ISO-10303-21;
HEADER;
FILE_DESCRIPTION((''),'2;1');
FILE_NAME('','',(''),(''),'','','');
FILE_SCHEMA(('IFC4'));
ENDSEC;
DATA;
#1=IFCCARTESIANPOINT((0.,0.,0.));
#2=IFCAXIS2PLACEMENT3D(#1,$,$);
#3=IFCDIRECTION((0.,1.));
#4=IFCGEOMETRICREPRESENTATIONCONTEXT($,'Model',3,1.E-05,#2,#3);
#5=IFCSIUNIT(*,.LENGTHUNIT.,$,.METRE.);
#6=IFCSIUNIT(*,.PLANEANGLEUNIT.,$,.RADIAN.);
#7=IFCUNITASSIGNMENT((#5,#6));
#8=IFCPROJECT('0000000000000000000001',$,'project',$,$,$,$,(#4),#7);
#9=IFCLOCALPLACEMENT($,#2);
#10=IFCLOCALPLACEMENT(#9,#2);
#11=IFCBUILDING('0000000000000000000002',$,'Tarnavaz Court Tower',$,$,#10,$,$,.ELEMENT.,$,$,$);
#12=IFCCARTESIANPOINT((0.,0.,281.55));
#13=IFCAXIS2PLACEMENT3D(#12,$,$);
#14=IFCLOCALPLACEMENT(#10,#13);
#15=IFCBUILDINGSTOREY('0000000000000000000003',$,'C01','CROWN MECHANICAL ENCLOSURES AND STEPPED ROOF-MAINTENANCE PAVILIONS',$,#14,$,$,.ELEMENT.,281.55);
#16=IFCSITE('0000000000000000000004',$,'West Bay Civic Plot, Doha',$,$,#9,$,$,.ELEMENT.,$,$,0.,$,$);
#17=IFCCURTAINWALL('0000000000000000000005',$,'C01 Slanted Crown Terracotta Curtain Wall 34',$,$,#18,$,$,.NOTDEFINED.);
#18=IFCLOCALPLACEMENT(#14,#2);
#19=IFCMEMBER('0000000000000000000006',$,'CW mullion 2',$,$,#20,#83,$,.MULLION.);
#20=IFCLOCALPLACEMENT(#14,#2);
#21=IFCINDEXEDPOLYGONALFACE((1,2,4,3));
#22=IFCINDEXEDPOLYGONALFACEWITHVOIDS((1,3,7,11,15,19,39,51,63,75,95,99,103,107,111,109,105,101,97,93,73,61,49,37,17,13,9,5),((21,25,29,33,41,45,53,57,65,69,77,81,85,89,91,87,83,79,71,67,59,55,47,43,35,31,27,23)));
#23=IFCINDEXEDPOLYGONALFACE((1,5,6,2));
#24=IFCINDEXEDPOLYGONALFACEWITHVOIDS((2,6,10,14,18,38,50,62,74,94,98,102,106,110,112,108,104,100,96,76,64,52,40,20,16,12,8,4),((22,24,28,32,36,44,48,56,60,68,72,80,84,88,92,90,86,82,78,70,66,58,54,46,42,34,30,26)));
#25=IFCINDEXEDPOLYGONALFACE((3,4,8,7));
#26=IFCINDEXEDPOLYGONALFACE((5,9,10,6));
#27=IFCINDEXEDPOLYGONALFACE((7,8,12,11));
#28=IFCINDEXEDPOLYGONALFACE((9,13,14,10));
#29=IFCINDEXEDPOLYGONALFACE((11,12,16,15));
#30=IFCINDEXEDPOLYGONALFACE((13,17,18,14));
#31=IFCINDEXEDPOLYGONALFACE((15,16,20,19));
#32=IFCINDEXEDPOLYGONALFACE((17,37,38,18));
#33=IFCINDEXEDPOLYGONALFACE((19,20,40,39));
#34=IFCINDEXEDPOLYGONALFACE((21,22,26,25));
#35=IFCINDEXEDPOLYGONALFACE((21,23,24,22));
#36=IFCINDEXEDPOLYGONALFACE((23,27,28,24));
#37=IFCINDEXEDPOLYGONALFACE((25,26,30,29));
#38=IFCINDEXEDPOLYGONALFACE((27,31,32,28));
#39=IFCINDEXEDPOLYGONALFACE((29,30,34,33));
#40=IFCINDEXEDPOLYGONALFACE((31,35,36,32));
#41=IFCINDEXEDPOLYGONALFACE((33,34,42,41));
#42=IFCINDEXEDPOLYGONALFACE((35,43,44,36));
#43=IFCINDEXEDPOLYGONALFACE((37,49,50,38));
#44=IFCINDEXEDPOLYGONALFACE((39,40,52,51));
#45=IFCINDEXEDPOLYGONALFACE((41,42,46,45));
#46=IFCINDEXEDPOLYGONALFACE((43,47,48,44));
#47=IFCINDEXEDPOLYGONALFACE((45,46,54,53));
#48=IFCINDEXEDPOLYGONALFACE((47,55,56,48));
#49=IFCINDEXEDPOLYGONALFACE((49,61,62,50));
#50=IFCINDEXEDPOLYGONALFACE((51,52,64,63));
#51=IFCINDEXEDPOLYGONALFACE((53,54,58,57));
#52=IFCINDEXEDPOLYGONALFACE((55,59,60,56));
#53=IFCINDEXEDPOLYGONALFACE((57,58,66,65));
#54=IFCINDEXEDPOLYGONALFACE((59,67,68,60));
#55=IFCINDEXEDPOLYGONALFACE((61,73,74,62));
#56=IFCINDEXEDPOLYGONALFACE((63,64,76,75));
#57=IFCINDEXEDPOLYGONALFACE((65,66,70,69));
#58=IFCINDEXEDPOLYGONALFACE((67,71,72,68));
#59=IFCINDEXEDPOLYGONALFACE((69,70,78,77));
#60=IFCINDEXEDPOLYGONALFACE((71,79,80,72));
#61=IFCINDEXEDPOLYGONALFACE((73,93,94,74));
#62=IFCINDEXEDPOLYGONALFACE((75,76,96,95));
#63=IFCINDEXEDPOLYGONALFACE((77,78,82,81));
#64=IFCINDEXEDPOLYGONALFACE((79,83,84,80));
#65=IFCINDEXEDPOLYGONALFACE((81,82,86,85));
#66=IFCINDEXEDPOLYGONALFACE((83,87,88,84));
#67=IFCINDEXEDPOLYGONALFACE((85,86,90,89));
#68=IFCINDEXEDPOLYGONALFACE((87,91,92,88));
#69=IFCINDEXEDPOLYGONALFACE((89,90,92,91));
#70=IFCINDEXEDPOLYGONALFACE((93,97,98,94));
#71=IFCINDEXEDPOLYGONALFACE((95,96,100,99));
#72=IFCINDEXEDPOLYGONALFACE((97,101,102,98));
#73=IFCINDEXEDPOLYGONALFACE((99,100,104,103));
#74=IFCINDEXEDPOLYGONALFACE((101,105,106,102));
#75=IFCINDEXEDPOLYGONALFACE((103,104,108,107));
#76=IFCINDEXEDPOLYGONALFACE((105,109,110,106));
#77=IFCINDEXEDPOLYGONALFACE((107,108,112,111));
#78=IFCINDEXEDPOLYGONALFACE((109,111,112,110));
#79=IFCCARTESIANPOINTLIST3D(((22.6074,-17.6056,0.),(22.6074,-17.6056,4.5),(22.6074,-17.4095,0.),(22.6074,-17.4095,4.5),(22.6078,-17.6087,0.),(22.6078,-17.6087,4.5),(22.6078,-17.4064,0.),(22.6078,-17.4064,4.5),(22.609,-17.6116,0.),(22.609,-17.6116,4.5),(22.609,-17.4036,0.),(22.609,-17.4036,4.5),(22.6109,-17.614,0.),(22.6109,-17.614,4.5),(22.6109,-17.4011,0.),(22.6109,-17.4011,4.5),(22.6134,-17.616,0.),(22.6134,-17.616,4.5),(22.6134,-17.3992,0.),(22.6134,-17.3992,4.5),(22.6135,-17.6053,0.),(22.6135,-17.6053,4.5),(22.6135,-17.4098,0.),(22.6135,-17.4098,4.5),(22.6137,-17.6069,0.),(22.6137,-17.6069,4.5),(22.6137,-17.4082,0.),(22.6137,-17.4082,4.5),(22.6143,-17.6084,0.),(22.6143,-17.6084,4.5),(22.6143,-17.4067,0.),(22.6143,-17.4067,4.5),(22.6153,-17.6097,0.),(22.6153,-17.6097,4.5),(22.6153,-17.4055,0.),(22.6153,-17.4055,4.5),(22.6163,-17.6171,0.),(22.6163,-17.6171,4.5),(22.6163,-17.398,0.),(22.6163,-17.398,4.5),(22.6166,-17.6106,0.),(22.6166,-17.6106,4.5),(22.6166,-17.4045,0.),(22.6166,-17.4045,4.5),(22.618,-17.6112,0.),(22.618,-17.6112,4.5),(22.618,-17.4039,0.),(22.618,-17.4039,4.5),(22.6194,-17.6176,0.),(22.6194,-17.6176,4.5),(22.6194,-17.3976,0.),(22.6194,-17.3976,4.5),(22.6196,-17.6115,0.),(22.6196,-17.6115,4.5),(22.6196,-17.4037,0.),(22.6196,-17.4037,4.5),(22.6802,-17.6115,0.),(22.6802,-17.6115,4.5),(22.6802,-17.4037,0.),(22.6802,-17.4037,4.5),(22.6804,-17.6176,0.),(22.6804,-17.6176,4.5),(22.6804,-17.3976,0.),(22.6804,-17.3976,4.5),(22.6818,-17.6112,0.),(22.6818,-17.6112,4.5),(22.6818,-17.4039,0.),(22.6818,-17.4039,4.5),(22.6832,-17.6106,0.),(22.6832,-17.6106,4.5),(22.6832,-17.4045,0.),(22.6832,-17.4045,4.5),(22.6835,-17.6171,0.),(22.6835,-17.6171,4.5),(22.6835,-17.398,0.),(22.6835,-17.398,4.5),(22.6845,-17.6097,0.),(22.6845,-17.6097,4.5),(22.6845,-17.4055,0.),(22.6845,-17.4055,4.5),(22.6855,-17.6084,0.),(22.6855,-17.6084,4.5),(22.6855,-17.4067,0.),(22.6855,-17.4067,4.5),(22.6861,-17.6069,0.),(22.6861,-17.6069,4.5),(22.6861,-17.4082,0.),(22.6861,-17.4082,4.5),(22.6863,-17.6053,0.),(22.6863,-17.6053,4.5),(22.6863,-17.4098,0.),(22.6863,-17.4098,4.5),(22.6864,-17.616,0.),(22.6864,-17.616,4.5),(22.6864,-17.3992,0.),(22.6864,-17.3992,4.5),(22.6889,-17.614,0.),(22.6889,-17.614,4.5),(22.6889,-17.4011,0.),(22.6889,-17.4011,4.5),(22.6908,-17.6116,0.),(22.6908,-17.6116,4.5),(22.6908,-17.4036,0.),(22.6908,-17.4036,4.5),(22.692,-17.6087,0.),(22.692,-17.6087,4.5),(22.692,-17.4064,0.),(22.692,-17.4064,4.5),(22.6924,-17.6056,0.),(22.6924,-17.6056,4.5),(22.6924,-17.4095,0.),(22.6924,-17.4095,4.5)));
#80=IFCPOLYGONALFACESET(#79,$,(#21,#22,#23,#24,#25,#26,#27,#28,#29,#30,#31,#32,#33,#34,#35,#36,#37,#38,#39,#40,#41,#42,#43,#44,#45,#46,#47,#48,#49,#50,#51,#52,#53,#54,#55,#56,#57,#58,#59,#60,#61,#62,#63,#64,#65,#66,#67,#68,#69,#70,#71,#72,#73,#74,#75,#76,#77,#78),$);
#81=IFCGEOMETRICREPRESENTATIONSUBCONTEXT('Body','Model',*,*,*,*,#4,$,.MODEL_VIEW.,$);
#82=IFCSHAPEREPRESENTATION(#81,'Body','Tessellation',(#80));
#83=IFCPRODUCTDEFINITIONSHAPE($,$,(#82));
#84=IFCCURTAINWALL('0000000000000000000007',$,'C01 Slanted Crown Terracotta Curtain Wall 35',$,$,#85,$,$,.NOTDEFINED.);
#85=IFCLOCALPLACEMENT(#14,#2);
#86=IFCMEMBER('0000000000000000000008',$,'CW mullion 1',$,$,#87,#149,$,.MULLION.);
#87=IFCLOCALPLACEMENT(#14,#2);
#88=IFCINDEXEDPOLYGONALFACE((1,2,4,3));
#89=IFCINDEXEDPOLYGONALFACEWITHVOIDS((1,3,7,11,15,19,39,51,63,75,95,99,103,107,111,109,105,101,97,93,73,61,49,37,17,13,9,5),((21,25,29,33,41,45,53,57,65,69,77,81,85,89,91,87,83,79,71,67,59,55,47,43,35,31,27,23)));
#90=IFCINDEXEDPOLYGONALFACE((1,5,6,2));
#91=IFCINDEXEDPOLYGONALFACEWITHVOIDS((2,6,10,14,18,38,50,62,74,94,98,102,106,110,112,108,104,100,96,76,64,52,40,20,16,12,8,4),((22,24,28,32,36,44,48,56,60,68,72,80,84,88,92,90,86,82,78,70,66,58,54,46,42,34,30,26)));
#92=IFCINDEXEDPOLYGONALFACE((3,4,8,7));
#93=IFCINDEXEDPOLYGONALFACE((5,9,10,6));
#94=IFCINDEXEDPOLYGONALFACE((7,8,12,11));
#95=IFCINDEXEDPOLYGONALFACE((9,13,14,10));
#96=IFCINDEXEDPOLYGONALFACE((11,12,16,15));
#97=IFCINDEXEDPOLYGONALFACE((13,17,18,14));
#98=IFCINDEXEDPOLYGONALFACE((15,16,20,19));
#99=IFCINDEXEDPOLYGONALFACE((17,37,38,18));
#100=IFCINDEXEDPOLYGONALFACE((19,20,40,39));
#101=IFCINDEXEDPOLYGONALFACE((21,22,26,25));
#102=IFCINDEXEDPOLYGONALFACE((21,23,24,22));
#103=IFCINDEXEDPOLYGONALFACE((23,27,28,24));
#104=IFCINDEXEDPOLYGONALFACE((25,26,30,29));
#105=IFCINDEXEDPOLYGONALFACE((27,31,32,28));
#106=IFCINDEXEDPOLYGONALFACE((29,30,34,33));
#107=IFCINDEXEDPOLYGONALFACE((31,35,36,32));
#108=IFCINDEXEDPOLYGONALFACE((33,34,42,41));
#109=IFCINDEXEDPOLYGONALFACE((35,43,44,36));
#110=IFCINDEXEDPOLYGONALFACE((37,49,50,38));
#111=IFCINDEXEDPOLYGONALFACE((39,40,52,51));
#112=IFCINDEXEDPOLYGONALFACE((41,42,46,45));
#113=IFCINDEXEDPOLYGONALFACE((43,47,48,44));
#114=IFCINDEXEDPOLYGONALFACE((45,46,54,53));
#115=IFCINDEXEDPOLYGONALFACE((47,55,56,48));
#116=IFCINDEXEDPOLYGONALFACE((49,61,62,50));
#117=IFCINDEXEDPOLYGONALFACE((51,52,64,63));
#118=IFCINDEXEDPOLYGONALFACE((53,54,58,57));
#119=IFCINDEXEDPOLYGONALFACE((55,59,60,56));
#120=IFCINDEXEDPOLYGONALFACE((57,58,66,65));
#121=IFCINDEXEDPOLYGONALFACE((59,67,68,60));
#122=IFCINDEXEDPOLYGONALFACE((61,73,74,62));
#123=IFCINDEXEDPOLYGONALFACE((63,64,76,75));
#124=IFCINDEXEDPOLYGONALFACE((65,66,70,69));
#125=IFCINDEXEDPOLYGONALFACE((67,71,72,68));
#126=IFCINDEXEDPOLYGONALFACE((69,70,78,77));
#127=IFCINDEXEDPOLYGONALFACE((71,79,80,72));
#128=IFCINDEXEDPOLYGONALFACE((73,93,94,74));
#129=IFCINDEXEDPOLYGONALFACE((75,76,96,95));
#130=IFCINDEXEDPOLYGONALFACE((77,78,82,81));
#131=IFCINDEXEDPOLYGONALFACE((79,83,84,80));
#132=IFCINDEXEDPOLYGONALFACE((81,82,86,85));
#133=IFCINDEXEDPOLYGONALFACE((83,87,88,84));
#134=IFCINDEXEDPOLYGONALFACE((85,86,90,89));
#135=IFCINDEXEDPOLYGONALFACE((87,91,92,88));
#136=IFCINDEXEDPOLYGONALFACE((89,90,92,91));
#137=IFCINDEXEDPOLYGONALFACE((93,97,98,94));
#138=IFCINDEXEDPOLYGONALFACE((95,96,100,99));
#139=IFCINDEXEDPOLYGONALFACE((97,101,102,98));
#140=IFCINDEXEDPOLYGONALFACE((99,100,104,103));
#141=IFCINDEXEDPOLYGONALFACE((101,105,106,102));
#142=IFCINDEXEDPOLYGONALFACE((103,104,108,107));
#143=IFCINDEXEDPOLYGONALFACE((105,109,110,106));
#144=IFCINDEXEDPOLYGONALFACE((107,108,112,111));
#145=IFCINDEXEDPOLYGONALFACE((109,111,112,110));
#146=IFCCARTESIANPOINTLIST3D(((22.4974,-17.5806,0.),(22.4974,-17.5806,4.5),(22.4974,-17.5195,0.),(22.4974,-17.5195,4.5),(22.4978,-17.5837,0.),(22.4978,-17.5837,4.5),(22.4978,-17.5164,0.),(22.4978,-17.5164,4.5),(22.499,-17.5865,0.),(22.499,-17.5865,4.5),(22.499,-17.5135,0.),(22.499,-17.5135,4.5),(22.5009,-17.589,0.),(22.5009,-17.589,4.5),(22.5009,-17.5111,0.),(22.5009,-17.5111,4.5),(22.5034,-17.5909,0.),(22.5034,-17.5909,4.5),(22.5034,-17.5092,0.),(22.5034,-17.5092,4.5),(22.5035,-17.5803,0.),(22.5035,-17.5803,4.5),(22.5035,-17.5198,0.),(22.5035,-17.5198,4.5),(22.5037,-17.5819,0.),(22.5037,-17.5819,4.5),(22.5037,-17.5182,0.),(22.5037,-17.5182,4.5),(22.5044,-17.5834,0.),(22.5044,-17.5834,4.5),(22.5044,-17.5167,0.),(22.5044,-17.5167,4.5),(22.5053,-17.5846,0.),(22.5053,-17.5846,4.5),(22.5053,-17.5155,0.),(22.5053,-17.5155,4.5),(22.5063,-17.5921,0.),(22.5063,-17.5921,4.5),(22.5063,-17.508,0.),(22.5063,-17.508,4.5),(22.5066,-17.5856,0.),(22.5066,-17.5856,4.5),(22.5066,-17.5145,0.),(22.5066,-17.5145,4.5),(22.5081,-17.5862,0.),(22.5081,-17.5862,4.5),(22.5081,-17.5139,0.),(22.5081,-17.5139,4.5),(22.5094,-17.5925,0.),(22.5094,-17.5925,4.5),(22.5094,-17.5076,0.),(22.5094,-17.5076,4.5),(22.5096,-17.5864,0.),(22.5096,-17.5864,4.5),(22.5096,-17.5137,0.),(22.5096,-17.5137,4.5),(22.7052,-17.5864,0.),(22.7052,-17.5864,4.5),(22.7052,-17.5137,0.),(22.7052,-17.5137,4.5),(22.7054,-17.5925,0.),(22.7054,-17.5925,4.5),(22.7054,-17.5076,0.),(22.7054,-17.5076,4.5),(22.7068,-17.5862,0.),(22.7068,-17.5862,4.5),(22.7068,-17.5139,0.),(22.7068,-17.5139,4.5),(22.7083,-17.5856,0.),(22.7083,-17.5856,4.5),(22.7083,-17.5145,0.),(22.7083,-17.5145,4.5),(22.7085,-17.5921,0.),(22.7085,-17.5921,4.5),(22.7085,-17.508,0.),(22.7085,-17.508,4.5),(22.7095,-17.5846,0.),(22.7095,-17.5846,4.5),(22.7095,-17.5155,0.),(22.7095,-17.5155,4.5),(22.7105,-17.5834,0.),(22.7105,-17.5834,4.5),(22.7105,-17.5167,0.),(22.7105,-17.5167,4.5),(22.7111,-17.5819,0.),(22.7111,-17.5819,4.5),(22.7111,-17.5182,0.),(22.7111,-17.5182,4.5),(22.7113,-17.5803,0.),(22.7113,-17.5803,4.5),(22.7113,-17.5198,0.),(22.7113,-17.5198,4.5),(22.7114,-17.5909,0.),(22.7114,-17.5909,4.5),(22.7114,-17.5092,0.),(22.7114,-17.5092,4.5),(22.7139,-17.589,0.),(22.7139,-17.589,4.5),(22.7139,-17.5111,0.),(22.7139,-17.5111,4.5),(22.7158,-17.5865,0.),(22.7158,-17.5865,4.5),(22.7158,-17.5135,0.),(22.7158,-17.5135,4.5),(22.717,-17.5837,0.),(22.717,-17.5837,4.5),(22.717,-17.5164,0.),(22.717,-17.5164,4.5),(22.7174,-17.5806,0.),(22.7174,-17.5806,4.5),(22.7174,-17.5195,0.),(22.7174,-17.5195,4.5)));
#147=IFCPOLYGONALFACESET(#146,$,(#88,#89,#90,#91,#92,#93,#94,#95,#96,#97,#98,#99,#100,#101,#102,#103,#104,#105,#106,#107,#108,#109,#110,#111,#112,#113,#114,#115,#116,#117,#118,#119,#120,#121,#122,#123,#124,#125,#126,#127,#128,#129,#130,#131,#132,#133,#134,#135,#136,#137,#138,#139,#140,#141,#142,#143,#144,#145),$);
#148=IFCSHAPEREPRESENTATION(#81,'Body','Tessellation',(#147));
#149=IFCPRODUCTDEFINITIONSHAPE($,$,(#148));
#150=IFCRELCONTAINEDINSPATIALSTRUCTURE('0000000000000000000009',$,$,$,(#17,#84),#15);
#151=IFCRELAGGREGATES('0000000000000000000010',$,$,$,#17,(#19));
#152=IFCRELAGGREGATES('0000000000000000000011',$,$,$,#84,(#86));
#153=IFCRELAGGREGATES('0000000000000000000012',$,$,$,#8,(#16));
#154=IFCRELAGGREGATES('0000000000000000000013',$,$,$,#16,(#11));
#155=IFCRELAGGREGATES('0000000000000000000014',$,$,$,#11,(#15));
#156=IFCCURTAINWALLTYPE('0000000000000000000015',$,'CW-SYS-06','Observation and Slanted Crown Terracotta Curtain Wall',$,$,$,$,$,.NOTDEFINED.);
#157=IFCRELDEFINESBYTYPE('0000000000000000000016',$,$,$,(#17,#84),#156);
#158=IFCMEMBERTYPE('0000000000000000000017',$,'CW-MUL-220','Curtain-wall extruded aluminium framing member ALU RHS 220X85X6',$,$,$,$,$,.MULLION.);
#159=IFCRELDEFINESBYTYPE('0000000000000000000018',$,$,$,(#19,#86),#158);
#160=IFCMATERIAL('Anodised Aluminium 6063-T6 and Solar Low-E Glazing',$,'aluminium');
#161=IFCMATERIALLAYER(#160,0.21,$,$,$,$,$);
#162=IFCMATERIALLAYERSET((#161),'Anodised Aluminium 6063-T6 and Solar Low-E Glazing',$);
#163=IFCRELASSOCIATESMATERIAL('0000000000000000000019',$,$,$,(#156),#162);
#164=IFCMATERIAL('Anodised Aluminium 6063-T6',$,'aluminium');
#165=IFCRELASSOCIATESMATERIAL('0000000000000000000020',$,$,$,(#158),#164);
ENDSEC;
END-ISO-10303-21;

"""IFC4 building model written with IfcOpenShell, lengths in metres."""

from ifc_helpers import new_model, si_unit, direction, frame, origin, origin_2d, place, context, subcontext, project, spatial, hollow_rectangle, extrude, material, layer, layer_set, material_profile, profile_set, type_object, element, aggregate, save


model = new_model("IFC4")

# Units and contexts
model_context = context("Model", 3, precision=1e-05, world=origin(), true_north=direction((0.0, 1.0)))
body_context = subcontext(model_context, "Body", "Model", "MODEL_VIEW")
ifc_project = project(units=[si_unit("LENGTHUNIT", "METRE"), si_unit("PLANEANGLEUNIT", "RADIAN")], contexts=[model_context])

# Site, building, storey
site_placement = place(None, origin())
site = spatial("IfcSite", under=ifc_project, at=site_placement, Name="West Bay Civic Plot, Doha", CompositionType="ELEMENT", RefElevation=0.0)
building_placement = place(site_placement, origin())
building = spatial("IfcBuilding", under=site, at=building_placement, Name="Tarnavaz Court Tower", CompositionType="ELEMENT")
storey_placement = place(building_placement, frame((0.0, 0.0, 281.55)))
storey = spatial("IfcBuildingStorey", under=building, at=storey_placement, Name="C01", Description="CROWN MECHANICAL ENCLOSURES AND STEPPED ROOF-MAINTENANCE PAVILIONS", CompositionType="ELEMENT", Elevation=281.55)

# Shared definitions
ifc_material_1 = material(Name="Anodised Aluminium 6063-T6 and Solar Low-E Glazing", Category="aluminium")
ifc_layer_1 = layer(ifc_material_1, 0.21)
ifc_layer_set_1 = layer_set([ifc_layer_1], Name="Anodised Aluminium 6063-T6 and Solar Low-E Glazing")
curtain_wall_type = type_object("IfcCurtainWallType", Name="CW-SYS-06", Description="Observation and Slanted Crown Terracotta Curtain Wall", PredefinedType="NOTDEFINED", material=ifc_layer_set_1)
ifc_material_2 = material(Name="Anodised Aluminium 6063-T6", Category="aluminium")
ifc_material_profile_1 = material_profile(ifc_material_2, hollow_rectangle(XDim=0.085, YDim=0.22, WallThickness=0.0061, InnerFilletRadius=0.0061, OuterFilletRadius=0.012, at=origin_2d()), Name="ALU RHS 220X85X6")
ifc_profile_set_1 = profile_set([ifc_material_profile_1], Name="Anodised Aluminium 6063-T6")
member_type_1 = type_object("IfcMemberType", Name="CW-MUL-220", Description="Curtain-wall extruded aluminium framing member ALU RHS 220X85X6", PredefinedType="MULLION", material=ifc_profile_set_1)

# Curtain walls, members
curtain_wall_1_placement = place(storey_placement, origin())
curtain_wall_1 = element("IfcCurtainWall", 1, at=curtain_wall_1_placement, inside=storey, type_object=curtain_wall_type, Name="C01 Slanted Crown Terracotta Curtain Wall 34", PredefinedType="NOTDEFINED")
member_1_placement = place(storey_placement, frame((22.6499, -17.5076, 0.0), z_axis=(0.0, 0.0, 1.0), x_axis=(1.0, 0.0, 0.0)))
member_1 = element("IfcMember", 2, at=member_1_placement, type_object=member_type_1, Name="CW mullion 2", PredefinedType="MULLION", context=body_context, shape_type="SweptSolid", body=[
    extrude(hollow_rectangle(XDim=0.085, YDim=0.22, WallThickness=0.0061, InnerFilletRadius=0.0061, OuterFilletRadius=0.012, at=origin_2d()), origin(), (0.0, 0.0, 1.0), 4.5),
])
curtain_wall_2_placement = place(storey_placement, origin())
curtain_wall_2 = element("IfcCurtainWall", 3, at=curtain_wall_2_placement, inside=storey, type_object=curtain_wall_type, Name="C01 Slanted Crown Terracotta Curtain Wall 35", PredefinedType="NOTDEFINED")
member_2_placement = place(storey_placement, frame((22.6074, -17.55, 0.0), z_axis=(0.0, 0.0, 1.0), x_axis=(0.0, -1.0, 0.0)))
member_2 = element("IfcMember", 4, at=member_2_placement, type_object=member_type_1, Name="CW mullion 1", PredefinedType="MULLION", context=body_context, shape_type="SweptSolid", body=[
    extrude(hollow_rectangle(XDim=0.085, YDim=0.22, WallThickness=0.0061, InnerFilletRadius=0.0061, OuterFilletRadius=0.012, at=origin_2d()), origin(), (0.0, 0.0, 1.0), 4.5),
])

aggregate(curtain_wall_1, [member_1])
aggregate(curtain_wall_2, [member_2])

save(model, "model.ifc")
